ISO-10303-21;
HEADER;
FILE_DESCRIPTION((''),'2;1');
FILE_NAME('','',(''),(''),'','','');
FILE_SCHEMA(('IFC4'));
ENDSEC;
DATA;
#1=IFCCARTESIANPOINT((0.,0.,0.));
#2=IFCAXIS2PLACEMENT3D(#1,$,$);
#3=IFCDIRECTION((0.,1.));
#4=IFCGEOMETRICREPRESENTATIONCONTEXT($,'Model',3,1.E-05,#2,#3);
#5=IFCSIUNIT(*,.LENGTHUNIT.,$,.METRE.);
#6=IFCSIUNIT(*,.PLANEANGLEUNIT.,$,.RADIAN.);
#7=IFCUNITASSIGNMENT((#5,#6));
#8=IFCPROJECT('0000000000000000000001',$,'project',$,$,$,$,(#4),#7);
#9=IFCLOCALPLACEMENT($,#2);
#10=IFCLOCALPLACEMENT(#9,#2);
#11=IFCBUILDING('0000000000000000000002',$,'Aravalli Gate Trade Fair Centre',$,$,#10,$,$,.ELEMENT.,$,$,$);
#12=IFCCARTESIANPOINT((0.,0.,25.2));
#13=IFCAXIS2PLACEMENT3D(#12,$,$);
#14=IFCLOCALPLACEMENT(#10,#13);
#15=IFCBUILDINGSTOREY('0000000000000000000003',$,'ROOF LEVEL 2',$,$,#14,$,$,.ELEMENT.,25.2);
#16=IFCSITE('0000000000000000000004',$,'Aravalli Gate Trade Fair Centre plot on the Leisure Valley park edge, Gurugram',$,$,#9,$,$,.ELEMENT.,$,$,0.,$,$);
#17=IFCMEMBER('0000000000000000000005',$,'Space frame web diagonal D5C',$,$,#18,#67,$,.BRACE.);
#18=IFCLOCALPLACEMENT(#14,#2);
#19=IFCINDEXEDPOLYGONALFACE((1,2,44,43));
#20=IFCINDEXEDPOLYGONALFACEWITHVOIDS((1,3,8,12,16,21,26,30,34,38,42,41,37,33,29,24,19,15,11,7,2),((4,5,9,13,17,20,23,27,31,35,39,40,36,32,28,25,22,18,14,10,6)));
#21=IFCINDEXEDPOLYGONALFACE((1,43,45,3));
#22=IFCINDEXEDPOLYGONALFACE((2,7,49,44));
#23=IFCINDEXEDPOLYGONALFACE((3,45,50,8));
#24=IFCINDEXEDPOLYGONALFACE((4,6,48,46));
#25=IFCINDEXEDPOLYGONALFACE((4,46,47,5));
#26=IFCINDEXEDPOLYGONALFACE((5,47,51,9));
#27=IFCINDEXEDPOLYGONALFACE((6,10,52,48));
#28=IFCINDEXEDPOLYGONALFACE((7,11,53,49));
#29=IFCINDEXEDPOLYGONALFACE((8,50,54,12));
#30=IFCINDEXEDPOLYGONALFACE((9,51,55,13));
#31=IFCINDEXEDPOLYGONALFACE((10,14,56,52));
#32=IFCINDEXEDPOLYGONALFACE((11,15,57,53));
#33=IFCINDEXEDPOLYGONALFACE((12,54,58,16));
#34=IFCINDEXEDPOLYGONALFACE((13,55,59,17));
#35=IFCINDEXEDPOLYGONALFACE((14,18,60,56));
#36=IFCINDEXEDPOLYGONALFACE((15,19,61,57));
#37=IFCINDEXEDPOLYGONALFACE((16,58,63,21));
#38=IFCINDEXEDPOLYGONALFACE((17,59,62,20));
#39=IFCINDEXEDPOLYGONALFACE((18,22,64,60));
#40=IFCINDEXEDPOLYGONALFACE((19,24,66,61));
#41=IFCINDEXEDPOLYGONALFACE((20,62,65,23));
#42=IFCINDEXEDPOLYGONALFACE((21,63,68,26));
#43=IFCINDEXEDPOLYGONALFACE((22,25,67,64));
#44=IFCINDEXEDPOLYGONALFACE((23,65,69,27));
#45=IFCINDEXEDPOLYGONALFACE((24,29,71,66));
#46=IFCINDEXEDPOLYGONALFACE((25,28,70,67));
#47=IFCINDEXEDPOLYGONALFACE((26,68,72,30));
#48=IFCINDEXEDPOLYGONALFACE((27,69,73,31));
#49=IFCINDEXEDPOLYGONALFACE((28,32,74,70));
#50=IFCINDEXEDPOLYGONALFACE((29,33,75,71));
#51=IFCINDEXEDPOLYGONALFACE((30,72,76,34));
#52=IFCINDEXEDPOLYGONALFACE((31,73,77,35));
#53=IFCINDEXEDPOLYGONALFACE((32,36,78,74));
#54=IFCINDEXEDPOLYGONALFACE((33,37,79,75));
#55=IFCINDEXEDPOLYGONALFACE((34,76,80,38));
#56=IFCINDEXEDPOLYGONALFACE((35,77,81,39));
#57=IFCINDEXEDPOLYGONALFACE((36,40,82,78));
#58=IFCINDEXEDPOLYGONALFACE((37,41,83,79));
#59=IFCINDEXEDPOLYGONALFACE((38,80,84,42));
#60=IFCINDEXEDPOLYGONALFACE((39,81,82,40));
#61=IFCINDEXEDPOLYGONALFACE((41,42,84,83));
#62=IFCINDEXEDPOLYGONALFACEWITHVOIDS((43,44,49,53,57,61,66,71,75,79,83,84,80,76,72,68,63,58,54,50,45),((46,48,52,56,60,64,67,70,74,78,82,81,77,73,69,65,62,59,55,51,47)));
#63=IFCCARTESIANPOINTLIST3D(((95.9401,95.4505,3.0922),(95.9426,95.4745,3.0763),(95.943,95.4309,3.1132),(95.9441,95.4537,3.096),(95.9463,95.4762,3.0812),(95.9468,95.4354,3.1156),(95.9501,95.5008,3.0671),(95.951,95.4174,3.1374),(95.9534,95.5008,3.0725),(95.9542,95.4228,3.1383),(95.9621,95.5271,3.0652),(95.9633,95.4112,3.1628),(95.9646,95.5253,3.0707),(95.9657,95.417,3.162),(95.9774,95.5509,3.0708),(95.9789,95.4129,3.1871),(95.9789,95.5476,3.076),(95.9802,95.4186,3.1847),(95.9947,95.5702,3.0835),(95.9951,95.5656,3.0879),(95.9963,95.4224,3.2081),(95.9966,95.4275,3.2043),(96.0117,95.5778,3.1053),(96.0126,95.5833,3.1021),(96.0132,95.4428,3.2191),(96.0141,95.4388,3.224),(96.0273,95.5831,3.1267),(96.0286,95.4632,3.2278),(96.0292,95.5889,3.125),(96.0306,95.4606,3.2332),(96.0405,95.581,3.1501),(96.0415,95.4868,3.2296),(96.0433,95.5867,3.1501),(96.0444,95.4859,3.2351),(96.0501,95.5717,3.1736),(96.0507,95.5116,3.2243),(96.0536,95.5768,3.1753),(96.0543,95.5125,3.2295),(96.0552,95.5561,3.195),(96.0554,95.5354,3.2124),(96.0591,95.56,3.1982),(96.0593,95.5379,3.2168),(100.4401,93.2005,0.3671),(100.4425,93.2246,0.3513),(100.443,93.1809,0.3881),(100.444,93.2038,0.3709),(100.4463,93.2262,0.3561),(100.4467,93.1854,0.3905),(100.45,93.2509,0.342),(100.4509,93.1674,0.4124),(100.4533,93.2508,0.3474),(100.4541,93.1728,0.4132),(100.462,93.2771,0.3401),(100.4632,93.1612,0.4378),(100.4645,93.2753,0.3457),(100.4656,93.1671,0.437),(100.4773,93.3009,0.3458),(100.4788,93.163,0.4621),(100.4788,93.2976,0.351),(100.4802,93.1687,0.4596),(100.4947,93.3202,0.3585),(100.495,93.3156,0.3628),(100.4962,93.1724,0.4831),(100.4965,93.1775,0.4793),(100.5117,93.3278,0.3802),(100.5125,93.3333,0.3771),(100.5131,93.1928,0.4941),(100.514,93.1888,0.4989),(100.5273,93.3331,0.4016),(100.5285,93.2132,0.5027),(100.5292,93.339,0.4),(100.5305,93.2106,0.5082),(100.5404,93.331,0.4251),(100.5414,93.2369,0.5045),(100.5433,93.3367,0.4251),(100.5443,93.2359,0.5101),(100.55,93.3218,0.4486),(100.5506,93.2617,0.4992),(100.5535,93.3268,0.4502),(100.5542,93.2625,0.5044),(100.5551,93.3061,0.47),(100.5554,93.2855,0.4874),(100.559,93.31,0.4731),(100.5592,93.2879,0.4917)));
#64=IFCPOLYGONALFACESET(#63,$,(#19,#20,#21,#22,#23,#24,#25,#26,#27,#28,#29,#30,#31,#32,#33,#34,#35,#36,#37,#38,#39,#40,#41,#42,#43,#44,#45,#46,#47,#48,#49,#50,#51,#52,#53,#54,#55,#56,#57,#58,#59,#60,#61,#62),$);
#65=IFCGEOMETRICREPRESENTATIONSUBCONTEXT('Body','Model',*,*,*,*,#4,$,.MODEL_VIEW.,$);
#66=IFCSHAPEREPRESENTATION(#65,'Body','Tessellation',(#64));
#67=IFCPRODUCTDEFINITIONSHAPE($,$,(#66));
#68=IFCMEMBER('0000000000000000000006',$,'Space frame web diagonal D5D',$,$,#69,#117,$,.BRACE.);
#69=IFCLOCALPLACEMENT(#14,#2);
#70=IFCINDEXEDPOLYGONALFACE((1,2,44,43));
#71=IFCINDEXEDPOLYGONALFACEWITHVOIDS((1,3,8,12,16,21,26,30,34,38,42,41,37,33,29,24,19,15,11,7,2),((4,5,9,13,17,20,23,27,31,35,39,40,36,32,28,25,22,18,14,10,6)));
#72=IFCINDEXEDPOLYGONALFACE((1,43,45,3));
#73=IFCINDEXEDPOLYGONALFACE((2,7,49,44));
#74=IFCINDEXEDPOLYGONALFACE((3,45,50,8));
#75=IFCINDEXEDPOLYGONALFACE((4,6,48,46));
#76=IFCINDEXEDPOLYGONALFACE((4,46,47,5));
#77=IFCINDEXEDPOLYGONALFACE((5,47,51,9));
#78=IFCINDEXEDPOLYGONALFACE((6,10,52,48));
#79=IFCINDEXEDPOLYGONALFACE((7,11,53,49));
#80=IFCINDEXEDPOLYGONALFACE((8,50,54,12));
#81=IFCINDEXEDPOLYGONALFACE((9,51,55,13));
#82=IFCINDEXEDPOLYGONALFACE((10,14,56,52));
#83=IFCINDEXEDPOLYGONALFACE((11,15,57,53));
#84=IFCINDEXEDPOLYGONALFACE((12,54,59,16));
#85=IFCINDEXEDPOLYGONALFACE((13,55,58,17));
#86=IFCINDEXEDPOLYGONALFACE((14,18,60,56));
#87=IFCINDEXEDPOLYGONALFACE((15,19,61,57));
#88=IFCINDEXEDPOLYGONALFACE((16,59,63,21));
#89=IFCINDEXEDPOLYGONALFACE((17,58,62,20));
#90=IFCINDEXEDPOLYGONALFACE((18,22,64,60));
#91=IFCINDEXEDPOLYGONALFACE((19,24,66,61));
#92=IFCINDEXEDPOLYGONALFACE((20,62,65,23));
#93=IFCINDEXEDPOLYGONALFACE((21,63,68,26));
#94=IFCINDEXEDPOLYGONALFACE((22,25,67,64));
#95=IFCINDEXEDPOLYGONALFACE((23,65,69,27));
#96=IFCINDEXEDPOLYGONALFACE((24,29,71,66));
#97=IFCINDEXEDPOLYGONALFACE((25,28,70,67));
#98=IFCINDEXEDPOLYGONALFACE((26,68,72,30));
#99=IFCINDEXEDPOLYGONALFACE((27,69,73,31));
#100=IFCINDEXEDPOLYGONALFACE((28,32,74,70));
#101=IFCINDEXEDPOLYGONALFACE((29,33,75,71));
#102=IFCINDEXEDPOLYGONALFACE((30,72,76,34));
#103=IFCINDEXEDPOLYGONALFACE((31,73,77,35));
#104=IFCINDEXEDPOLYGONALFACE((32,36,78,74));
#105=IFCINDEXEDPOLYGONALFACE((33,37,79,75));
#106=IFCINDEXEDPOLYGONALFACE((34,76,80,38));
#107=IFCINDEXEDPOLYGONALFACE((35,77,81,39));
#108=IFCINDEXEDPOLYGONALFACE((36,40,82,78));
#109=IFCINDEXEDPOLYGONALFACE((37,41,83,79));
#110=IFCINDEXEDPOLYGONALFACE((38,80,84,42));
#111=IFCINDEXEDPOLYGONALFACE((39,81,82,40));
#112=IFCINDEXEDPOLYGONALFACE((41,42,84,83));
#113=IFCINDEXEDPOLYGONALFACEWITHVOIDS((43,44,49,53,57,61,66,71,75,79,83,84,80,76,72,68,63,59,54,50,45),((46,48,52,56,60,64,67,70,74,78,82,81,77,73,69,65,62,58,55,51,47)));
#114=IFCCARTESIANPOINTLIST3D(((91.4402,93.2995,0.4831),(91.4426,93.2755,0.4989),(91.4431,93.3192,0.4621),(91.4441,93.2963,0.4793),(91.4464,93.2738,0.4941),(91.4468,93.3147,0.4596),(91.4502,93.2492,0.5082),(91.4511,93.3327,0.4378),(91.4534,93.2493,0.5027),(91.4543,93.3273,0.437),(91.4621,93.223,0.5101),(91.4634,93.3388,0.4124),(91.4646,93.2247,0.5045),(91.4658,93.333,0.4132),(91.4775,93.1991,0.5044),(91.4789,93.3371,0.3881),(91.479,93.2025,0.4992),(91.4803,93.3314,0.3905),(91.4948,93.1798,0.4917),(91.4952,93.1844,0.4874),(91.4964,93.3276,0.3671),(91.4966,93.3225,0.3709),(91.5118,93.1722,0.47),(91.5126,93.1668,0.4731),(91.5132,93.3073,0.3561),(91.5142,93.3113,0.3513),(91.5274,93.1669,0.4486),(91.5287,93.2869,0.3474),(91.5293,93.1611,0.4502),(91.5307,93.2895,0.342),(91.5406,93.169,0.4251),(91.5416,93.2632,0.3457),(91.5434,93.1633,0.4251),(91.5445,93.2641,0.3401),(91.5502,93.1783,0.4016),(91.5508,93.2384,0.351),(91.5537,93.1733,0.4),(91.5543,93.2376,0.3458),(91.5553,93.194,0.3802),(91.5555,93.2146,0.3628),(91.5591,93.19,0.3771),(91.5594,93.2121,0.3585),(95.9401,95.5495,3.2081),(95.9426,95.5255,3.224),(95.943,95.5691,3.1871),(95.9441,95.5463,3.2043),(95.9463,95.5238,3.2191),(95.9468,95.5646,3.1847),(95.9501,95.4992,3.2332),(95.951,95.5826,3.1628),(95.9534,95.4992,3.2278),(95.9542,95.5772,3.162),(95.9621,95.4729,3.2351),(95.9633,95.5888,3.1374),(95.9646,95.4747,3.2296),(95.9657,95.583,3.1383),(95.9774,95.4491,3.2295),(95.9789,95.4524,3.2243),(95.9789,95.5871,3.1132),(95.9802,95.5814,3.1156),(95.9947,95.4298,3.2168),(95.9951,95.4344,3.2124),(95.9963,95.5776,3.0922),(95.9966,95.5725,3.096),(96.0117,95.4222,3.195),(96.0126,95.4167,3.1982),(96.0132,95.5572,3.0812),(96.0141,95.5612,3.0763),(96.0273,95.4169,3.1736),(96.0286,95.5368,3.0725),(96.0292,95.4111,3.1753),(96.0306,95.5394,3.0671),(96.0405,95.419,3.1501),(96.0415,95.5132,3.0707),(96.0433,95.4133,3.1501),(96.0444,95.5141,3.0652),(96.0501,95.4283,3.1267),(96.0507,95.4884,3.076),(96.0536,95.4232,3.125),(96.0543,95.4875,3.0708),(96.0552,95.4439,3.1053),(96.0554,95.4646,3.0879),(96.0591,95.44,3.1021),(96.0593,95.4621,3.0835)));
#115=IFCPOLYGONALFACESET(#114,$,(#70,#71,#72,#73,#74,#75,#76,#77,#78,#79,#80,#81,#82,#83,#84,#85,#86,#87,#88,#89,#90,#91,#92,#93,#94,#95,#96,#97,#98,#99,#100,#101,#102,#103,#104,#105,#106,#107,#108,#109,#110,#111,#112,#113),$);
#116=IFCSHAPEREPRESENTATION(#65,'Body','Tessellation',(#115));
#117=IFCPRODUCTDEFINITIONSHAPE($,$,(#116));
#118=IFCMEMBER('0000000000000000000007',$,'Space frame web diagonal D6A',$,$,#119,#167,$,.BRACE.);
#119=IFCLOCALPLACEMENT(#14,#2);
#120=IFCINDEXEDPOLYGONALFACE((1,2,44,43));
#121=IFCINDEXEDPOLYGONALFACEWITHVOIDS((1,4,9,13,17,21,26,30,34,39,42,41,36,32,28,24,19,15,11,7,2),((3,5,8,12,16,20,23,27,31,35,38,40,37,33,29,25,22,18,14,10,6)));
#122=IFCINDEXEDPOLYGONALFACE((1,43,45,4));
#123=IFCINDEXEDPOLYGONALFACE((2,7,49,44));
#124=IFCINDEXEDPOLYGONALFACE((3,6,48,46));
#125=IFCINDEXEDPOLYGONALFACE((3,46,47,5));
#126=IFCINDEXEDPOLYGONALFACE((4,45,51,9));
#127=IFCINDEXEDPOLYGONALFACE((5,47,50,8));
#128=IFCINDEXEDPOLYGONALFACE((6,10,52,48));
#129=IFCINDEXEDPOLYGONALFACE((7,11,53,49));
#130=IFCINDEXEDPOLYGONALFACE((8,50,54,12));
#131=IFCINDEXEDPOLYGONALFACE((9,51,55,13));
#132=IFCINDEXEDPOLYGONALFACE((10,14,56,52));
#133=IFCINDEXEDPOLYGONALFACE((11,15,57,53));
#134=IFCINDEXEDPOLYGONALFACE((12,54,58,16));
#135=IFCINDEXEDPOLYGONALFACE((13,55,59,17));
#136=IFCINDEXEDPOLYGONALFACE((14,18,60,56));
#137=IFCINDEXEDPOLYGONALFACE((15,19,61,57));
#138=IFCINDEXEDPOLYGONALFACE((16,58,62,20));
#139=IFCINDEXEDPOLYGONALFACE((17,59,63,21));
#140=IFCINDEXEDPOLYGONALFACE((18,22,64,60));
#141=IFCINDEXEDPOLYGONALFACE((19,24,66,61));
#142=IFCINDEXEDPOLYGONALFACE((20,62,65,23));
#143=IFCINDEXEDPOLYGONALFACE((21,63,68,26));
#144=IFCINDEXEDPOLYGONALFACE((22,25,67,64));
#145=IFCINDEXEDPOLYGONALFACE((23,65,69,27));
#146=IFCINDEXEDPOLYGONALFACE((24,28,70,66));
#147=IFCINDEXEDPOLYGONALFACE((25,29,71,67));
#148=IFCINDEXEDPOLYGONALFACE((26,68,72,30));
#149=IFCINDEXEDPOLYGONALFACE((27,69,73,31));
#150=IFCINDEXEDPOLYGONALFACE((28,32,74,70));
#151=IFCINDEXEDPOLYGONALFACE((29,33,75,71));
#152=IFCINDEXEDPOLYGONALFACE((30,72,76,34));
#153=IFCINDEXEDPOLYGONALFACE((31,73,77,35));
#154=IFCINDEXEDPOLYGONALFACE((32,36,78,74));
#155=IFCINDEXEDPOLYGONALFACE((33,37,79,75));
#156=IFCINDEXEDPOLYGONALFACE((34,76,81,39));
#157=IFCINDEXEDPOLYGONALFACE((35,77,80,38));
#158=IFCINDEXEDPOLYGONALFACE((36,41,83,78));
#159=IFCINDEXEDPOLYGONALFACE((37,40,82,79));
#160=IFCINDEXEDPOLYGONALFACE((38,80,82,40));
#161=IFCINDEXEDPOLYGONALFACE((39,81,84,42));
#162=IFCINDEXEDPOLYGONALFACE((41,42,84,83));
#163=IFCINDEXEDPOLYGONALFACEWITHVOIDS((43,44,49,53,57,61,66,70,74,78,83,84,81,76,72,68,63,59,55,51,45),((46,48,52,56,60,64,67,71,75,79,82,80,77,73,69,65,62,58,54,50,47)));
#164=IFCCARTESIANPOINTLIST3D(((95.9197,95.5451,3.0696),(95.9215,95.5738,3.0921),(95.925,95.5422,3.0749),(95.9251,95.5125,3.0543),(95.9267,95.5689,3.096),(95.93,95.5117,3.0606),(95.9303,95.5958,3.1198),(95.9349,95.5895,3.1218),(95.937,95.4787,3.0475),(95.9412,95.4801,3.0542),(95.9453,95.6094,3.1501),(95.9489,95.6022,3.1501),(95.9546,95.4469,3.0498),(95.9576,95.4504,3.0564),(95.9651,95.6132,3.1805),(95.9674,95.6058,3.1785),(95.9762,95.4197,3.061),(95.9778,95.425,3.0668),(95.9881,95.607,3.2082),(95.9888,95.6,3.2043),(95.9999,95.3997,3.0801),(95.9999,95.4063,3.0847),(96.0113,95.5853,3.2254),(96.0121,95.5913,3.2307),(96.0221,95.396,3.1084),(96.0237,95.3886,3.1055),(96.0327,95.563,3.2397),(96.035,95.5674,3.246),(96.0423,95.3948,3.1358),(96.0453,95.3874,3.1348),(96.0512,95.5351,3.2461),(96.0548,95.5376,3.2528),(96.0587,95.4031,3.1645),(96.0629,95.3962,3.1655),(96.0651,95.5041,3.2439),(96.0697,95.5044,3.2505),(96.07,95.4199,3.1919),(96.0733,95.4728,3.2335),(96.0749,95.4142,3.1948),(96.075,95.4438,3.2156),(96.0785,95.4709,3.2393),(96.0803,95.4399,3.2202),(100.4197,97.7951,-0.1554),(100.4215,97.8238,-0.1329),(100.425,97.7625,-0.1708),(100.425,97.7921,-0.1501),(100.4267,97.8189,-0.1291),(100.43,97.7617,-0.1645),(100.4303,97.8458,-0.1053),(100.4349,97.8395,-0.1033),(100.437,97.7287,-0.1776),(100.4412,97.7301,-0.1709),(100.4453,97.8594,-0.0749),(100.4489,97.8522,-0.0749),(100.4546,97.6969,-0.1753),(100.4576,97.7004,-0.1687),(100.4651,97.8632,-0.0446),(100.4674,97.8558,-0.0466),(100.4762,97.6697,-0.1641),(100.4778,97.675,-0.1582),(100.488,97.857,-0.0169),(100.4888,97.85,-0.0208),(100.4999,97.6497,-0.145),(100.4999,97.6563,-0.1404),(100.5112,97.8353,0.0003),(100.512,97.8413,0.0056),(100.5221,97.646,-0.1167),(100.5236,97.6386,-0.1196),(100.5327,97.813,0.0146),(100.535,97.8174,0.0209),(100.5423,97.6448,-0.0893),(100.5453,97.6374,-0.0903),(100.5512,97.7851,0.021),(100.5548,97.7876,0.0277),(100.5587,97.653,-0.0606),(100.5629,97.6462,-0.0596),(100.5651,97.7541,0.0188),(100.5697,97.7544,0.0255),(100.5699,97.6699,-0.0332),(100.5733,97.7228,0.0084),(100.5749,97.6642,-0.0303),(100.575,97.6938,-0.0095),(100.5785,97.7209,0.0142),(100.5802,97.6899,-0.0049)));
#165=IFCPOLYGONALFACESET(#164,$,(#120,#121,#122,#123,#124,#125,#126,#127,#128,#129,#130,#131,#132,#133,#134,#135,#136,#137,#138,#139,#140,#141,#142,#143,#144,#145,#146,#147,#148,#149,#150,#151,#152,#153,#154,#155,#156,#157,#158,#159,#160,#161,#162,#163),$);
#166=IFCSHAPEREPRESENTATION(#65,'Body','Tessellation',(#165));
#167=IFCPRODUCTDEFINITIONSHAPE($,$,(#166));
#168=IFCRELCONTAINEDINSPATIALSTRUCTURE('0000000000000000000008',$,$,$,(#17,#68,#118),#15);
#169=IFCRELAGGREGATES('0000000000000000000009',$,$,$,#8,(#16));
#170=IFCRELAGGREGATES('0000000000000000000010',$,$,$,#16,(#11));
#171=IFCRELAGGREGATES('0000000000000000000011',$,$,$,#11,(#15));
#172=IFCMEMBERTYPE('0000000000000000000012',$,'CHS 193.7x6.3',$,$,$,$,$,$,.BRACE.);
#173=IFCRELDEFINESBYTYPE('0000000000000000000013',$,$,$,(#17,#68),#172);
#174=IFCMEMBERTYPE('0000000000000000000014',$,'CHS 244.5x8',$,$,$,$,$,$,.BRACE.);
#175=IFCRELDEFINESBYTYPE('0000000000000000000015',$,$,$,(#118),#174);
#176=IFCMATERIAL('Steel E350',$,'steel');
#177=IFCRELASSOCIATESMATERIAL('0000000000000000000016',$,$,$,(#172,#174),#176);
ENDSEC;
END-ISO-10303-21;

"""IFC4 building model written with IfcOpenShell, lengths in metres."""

from ifc_helpers import new_model, si_unit, direction, frame, origin, origin_2d, place, context, subcontext, project, spatial, hollow_circle, extrude, material, material_profile, profile_set, type_object, element, save


model = new_model("IFC4")

# Units and contexts
model_context = context("Model", 3, precision=1e-05, world=origin(), true_north=direction((0.0, 1.0)))
body_context = subcontext(model_context, "Body", "Model", "MODEL_VIEW")
ifc_project = project(units=[si_unit("LENGTHUNIT", "METRE"), si_unit("PLANEANGLEUNIT", "RADIAN")], contexts=[model_context])

# Site, building, storey
site_placement = place(None, origin())
site = spatial("IfcSite", under=ifc_project, at=site_placement, Name="Aravalli Gate Trade Fair Centre plot on the Leisure Valley park edge, Gurugram", CompositionType="ELEMENT", RefElevation=0.0)
building_placement = place(site_placement, origin())
building = spatial("IfcBuilding", under=site, at=building_placement, Name="Aravalli Gate Trade Fair Centre", CompositionType="ELEMENT")
storey_placement = place(building_placement, frame((0.0, 0.0, 25.2)))
storey = spatial("IfcBuildingStorey", under=building, at=storey_placement, Name="ROOF LEVEL 2", CompositionType="ELEMENT", Elevation=25.2)

# Members
ifc_material_1 = material(Name="Steel E350", Category="steel")
ifc_material_profile_1 = material_profile(ifc_material_1, hollow_circle(Radius=0.0969, WallThickness=0.0063, at=origin_2d()), Name="CHS 193.7x6.3")
ifc_profile_set_1 = profile_set([ifc_material_profile_1], Name="Steel E350")
member_type_1 = type_object("IfcMemberType", Name="CHS 193.7x6.3", PredefinedType="BRACE", material=ifc_profile_set_1)
for number, where, z_axis, x_axis, name in (
    (1, (96.0, 95.5, 3.1501), (0.78647, -0.393235, -0.476268), (0.447214, 0.894427, 0.0), "Space frame web diagonal D5C"),
    (2, (96.0, 95.5, 3.1501), (-0.78647, -0.393235, -0.476268), (0.447214, -0.894427, 0.0), "Space frame web diagonal D5D"),
):
    element("IfcMember", number, at=place(storey_placement, frame(where, z_axis=z_axis, x_axis=x_axis)), inside=storey, type_object=member_type_1, Name=name, PredefinedType="BRACE", context=body_context, shape_type="SweptSolid", body=[
        extrude(hollow_circle(Radius=0.0969, WallThickness=0.0063, at=origin_2d()), origin(), (0.0, 0.0, 1.0), 5.7217),
    ])
ifc_material_profile_2 = material_profile(ifc_material_1, hollow_circle(Radius=0.1223, WallThickness=0.0081, at=origin_2d()), Name="CHS 244.5x8")
ifc_profile_set_2 = profile_set([ifc_material_profile_2], Name="Steel E350")
member_type_2 = type_object("IfcMemberType", Name="CHS 244.5x8", PredefinedType="BRACE", material=ifc_profile_set_2)
for number, where, z_axis, x_axis, name in (
    (3, (96.0, 95.5, 3.1501), (0.753, 0.3765, -0.539666), (-0.447214, 0.894427, 0.0), "Space frame web diagonal D6A"),
):
    element("IfcMember", number, at=place(storey_placement, frame(where, z_axis=z_axis, x_axis=x_axis)), inside=storey, type_object=member_type_2, Name=name, PredefinedType="BRACE", context=body_context, shape_type="SweptSolid", body=[
        extrude(hollow_circle(Radius=0.1223, WallThickness=0.0081, at=origin_2d()), origin(), (0.0, 0.0, 1.0), 5.9761),
    ])

save(model, "model.ifc")
